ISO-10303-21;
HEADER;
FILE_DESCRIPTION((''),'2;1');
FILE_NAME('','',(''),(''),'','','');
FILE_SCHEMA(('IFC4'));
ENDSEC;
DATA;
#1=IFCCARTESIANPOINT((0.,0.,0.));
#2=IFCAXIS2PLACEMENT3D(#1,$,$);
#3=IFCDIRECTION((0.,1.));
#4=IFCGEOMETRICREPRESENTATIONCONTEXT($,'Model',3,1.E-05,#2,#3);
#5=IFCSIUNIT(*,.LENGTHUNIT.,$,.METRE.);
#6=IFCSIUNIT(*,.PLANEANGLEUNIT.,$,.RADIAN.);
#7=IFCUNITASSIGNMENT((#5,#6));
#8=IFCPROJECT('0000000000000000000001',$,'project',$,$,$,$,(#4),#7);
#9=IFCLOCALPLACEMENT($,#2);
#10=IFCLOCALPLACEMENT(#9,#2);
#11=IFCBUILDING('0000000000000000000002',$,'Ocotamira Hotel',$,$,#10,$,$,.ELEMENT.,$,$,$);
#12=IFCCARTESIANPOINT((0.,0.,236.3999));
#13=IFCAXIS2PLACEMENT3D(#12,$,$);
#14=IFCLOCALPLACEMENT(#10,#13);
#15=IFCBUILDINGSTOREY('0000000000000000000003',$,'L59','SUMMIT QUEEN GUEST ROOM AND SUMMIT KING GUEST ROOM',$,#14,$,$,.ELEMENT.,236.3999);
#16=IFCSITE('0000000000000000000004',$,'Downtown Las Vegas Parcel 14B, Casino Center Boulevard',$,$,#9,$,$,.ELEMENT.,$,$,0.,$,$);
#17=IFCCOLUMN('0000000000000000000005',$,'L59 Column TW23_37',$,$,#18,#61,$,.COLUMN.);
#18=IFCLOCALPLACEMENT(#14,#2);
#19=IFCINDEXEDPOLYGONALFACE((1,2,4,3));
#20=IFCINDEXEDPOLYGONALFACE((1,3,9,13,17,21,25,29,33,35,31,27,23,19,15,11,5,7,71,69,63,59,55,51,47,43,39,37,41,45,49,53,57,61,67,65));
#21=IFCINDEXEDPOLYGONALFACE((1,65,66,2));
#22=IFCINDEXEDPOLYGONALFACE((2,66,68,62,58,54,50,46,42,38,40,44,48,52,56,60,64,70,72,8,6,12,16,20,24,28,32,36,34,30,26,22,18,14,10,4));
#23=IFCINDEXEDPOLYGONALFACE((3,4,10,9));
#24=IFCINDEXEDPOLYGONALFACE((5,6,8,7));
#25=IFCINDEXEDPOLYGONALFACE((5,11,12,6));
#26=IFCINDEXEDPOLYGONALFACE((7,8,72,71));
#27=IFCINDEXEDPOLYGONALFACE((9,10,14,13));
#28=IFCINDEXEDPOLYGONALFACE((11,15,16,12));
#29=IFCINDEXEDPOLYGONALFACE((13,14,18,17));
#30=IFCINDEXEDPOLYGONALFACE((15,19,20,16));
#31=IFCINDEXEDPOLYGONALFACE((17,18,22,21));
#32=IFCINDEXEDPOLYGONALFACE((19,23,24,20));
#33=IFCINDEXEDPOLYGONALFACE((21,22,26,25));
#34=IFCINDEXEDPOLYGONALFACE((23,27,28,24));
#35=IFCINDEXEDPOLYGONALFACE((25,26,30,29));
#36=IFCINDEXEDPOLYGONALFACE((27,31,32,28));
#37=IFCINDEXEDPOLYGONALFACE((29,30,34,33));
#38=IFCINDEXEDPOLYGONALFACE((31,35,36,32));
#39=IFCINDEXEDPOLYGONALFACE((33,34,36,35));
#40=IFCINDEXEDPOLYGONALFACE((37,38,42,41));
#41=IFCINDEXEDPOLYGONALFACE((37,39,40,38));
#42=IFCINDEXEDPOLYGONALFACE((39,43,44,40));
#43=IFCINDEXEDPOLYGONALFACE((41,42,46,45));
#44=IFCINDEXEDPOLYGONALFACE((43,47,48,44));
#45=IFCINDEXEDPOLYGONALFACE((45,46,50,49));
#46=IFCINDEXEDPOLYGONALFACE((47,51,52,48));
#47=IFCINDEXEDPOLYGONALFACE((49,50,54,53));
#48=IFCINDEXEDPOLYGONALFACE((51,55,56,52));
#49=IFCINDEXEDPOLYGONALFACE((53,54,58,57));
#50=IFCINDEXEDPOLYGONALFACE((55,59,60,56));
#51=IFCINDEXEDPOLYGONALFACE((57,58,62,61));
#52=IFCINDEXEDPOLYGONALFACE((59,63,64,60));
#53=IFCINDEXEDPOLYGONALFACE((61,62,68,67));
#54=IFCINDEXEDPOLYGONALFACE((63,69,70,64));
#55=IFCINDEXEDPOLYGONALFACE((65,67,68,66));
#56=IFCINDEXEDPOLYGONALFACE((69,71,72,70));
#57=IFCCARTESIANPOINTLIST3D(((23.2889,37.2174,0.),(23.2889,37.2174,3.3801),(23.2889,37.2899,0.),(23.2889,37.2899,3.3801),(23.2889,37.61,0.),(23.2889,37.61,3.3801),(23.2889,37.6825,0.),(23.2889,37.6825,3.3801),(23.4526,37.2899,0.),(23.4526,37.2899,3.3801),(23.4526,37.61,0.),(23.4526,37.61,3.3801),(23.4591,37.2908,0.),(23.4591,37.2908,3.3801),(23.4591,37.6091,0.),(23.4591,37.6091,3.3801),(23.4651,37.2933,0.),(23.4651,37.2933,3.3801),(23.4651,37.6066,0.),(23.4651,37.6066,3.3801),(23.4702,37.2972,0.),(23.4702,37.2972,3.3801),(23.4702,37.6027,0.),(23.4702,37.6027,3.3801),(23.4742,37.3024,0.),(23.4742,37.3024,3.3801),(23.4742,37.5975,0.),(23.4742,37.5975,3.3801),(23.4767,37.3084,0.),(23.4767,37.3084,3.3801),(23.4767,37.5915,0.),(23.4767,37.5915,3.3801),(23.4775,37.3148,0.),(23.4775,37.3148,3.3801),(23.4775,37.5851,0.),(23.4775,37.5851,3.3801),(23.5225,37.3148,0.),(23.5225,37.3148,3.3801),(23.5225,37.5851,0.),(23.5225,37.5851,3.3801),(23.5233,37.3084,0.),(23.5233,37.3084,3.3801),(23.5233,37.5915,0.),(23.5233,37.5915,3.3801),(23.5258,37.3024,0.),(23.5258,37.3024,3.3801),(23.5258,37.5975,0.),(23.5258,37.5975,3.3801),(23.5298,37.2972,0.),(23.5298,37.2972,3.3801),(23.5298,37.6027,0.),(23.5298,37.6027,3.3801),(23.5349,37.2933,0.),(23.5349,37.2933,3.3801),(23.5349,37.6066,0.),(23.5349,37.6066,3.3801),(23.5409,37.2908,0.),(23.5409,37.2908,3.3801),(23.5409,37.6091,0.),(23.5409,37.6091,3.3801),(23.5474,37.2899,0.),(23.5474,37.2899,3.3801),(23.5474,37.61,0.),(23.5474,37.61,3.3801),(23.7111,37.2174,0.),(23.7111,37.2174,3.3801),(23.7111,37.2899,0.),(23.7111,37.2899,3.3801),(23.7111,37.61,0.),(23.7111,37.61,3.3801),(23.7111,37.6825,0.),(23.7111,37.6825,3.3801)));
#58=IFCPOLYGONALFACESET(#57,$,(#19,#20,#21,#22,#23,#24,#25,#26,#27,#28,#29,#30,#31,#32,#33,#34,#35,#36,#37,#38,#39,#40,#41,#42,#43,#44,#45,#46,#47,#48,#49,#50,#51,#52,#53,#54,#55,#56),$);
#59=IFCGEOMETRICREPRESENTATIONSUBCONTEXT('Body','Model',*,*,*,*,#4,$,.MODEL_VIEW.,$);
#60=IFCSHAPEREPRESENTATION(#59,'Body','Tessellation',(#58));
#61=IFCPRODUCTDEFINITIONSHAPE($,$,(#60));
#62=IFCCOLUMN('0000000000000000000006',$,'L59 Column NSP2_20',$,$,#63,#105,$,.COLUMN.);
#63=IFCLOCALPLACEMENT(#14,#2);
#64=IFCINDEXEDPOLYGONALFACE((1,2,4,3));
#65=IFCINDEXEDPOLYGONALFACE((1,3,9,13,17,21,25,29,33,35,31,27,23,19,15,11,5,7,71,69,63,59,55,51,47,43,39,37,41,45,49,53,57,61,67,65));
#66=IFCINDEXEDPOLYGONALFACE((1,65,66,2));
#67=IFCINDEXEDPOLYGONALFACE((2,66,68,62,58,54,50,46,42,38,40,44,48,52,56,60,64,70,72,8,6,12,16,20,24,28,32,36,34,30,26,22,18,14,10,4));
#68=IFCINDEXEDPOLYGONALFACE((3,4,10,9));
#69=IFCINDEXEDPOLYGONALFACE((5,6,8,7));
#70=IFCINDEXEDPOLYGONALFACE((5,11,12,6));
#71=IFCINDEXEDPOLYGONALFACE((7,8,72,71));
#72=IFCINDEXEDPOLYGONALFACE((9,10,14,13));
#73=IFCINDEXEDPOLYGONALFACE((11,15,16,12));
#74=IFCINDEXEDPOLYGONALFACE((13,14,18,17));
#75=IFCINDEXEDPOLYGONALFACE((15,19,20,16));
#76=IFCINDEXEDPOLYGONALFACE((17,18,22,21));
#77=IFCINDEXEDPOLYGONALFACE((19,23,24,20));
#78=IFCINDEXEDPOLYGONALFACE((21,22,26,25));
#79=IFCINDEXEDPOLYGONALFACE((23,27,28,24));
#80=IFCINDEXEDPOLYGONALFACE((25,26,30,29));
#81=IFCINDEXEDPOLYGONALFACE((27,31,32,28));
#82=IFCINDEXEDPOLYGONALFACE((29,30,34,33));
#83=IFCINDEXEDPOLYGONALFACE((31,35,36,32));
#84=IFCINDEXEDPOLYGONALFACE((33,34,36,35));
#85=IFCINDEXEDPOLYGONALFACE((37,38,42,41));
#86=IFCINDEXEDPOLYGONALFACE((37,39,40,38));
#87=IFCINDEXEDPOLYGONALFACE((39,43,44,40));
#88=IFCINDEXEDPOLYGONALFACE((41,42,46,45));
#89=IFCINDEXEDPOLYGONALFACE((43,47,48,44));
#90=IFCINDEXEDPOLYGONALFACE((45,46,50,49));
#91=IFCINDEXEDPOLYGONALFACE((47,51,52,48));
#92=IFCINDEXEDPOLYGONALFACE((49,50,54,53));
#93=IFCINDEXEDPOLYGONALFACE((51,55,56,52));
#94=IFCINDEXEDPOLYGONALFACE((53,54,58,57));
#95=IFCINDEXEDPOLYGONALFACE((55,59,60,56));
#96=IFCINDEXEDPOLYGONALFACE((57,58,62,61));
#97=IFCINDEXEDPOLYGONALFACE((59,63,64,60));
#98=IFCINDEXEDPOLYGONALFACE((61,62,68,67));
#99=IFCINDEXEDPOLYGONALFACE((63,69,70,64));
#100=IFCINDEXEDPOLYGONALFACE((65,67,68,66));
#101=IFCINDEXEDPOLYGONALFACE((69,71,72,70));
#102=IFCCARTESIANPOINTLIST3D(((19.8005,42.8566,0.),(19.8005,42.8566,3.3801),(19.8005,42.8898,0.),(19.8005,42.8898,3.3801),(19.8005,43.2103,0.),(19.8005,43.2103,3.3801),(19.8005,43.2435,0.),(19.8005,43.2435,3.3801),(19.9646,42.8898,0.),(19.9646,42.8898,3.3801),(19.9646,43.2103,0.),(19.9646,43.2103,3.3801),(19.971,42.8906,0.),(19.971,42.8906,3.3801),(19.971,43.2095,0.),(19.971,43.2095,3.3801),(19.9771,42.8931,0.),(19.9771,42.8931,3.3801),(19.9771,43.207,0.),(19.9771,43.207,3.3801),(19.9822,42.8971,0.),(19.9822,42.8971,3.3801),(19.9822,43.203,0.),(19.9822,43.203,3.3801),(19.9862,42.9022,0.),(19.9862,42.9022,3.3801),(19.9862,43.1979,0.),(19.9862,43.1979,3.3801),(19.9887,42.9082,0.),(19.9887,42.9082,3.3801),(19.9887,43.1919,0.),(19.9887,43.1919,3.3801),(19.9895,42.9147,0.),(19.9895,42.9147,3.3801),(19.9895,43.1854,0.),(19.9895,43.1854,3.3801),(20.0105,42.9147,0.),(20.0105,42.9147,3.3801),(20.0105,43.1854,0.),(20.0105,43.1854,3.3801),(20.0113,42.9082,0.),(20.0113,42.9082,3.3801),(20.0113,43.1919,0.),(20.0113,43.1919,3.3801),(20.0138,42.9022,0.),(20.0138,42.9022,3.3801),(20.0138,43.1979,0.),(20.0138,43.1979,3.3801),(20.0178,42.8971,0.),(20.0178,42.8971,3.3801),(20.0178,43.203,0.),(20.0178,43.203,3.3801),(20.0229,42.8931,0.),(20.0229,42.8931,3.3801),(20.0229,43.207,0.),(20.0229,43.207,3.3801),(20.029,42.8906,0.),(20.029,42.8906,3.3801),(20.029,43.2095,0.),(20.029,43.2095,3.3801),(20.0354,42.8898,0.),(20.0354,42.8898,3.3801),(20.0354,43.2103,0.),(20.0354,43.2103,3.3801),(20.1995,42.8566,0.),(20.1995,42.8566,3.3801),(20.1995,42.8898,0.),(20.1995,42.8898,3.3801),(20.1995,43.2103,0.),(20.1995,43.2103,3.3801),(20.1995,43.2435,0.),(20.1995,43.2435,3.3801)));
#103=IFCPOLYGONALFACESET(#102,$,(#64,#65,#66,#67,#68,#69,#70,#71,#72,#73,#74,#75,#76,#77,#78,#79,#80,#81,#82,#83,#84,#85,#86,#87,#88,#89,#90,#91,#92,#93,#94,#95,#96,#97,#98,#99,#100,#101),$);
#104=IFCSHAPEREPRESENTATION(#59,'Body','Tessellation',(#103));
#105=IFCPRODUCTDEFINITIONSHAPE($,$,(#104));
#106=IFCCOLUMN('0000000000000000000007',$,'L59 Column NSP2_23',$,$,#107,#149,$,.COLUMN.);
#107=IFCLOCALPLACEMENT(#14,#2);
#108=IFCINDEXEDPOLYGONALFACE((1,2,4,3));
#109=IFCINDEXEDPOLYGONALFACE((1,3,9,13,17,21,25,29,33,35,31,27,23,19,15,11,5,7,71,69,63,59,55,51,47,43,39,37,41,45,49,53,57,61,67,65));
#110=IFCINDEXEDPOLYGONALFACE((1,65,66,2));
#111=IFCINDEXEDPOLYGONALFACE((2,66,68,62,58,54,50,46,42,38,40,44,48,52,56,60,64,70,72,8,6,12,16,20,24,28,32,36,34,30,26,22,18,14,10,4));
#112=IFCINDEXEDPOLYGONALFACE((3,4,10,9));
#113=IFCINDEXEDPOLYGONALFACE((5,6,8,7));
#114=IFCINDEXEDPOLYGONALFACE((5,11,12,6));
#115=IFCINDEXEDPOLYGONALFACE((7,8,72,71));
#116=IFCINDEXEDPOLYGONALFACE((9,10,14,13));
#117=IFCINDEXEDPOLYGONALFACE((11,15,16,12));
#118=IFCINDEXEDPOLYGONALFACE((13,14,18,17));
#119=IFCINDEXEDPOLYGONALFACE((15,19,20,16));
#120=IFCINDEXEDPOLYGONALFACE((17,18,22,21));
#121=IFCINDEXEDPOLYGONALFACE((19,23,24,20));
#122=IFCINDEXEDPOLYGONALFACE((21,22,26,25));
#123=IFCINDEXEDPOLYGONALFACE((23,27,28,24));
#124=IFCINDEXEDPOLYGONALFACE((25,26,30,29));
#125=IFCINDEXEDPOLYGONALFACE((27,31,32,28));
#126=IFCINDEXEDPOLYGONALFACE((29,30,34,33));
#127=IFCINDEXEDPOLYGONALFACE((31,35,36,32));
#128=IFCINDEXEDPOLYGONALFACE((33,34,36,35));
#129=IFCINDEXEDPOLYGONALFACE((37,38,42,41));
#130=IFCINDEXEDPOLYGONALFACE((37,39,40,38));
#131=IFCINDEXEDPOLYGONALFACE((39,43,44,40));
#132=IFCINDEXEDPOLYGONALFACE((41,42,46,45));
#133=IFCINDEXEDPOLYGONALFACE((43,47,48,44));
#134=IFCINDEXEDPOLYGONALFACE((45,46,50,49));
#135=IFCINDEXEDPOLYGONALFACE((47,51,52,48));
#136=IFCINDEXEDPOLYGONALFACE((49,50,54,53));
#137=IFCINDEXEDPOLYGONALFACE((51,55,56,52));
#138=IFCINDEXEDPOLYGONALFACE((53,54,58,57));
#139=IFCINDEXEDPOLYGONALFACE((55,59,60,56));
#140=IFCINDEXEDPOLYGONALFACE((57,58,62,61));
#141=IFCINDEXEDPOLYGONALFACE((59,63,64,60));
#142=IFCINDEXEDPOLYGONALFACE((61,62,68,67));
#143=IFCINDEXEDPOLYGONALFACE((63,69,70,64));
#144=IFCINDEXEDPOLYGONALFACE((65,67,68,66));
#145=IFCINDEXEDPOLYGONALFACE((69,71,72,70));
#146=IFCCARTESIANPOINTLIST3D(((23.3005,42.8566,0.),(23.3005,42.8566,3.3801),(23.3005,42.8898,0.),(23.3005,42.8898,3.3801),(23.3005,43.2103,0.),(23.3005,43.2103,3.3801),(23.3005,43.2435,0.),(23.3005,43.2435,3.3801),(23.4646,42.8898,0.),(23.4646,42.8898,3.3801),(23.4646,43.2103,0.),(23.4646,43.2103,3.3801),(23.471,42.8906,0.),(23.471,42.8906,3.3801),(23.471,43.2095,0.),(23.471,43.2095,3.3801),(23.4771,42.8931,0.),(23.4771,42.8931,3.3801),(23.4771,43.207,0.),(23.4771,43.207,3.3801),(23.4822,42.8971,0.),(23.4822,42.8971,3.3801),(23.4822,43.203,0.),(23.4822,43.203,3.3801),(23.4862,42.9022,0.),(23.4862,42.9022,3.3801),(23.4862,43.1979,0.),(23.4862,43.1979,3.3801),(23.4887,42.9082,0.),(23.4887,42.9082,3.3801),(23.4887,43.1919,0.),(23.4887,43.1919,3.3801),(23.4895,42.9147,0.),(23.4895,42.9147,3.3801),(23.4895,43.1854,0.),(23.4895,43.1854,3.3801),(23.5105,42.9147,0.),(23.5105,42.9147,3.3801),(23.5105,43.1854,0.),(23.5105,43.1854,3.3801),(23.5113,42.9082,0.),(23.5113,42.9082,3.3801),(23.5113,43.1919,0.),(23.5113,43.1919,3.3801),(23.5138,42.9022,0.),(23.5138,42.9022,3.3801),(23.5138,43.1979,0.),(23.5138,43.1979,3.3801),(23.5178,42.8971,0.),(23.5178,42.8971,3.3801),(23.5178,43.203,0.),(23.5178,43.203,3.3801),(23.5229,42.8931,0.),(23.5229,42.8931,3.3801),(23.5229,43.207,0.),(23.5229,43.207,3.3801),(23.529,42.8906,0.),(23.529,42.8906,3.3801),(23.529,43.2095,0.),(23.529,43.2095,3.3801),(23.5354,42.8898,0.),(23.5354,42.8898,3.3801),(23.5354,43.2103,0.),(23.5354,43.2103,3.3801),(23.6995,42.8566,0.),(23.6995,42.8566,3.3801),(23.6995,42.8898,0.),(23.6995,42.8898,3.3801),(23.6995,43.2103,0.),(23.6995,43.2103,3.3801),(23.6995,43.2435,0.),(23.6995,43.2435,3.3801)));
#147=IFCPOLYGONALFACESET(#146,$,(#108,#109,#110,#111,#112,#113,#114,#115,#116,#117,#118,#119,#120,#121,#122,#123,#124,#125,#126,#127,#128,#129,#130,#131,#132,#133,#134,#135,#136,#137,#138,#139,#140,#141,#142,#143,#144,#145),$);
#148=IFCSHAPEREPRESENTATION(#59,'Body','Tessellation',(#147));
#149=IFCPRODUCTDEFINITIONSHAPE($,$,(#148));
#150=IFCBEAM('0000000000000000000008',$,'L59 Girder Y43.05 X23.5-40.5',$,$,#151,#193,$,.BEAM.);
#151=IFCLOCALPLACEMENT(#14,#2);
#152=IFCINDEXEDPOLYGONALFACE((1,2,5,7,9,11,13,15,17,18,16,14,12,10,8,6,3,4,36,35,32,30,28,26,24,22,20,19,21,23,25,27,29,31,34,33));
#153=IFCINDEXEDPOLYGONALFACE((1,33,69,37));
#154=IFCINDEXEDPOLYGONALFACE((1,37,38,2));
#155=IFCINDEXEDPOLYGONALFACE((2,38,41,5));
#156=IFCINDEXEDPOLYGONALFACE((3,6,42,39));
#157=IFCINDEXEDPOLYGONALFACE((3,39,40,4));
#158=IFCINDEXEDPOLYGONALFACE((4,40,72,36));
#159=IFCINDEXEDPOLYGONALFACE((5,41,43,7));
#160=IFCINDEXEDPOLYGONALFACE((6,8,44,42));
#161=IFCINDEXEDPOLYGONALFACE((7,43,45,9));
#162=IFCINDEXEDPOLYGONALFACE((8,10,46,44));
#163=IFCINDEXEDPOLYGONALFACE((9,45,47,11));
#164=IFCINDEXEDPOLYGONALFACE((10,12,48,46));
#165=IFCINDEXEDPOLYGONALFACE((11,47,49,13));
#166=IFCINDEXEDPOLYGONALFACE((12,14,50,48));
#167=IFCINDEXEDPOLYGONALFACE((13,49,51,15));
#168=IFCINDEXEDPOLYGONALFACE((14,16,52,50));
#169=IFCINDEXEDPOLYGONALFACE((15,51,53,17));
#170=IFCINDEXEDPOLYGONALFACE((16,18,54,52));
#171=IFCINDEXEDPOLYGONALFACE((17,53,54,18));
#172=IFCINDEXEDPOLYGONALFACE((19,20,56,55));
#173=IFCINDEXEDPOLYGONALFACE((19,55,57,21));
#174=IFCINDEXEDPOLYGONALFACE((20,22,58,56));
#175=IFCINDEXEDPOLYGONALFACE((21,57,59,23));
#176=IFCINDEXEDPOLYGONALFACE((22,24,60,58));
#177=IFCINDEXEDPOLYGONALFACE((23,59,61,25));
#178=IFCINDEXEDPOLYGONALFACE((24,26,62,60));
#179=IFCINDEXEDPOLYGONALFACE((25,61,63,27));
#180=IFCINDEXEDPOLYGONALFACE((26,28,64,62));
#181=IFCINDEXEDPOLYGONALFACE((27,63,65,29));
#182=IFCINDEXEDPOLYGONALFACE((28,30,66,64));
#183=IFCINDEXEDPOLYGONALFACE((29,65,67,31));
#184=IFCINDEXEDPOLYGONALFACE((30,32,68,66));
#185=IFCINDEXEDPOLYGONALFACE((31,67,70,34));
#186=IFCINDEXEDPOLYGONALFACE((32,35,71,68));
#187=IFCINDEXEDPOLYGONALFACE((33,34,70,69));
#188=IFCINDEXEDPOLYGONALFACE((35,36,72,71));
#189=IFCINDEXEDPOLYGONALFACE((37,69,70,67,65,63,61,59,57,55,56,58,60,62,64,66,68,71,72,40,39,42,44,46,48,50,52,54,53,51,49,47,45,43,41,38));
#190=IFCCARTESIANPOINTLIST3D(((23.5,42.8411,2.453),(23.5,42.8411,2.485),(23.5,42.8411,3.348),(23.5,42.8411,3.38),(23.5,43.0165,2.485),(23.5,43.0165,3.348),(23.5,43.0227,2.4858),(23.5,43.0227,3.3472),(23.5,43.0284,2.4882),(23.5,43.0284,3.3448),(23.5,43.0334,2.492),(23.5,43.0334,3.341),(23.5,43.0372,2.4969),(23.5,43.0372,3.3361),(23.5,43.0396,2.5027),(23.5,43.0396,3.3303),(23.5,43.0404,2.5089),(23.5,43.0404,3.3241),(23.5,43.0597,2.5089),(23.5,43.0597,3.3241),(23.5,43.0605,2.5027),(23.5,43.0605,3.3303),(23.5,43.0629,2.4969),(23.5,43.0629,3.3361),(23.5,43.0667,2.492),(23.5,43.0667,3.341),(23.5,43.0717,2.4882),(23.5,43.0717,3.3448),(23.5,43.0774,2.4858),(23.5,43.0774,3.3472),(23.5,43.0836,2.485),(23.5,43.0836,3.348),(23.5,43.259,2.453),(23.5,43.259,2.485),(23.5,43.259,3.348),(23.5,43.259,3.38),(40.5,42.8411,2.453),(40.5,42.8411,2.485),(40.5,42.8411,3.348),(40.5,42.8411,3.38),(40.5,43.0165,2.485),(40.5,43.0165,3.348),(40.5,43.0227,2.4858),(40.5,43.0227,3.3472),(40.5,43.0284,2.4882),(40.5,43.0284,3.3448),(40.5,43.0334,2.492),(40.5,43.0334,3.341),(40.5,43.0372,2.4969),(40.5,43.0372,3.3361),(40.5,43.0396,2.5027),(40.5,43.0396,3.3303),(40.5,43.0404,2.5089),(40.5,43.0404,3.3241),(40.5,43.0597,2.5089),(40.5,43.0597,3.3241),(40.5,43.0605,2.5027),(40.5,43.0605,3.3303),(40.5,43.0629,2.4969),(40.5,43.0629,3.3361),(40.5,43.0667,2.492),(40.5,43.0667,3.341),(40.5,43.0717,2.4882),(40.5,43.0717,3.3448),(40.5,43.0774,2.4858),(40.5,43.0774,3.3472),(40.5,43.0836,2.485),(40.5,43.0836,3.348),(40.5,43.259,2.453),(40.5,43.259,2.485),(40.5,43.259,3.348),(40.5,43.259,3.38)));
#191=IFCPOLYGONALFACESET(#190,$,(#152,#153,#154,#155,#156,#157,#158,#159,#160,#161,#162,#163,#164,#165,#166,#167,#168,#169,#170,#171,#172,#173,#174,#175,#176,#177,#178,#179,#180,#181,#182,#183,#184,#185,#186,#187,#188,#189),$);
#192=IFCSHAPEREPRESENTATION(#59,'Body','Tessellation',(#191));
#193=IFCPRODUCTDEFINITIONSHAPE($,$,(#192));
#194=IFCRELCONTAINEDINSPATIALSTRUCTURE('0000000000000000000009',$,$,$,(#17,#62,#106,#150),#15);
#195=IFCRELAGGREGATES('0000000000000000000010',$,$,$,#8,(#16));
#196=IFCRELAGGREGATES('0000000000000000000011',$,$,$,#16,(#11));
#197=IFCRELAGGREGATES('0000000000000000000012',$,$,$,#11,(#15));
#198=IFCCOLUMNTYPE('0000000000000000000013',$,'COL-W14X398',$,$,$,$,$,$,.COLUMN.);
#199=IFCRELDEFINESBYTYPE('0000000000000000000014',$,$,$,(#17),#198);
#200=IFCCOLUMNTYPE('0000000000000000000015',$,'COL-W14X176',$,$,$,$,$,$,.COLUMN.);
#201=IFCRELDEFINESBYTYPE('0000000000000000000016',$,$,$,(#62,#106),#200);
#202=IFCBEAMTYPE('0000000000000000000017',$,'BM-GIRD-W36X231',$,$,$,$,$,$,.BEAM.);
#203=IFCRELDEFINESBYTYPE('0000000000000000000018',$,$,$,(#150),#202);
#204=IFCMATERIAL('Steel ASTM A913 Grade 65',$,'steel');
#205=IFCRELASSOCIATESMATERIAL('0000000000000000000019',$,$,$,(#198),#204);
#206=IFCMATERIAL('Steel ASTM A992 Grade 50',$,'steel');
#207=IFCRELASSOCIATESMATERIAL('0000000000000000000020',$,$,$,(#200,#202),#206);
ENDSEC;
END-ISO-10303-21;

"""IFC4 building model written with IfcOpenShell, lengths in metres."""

from ifc_helpers import new_model, si_unit, direction, frame, origin, origin_2d, place, context, subcontext, project, spatial, i_section, extrude, source, transform, mapped, material, material_profile, profile_set, type_object, element, save


model = new_model("IFC4")

# Units and contexts
model_context = context("Model", 3, precision=1e-05, world=origin(), true_north=direction((0.0, 1.0)))
body_context = subcontext(model_context, "Body", "Model", "MODEL_VIEW")
ifc_project = project(units=[si_unit("LENGTHUNIT", "METRE"), si_unit("PLANEANGLEUNIT", "RADIAN")], contexts=[model_context])

# Site, building, storey
site_placement = place(None, origin())
site = spatial("IfcSite", under=ifc_project, at=site_placement, Name="Downtown Las Vegas Parcel 14B, Casino Center Boulevard", CompositionType="ELEMENT", RefElevation=0.0)
building_placement = place(site_placement, origin())
building = spatial("IfcBuilding", under=site, at=building_placement, Name="Ocotamira Hotel", CompositionType="ELEMENT")
storey_placement = place(building_placement, frame((0.0, 0.0, 236.3999)))
storey = spatial("IfcBuildingStorey", under=building, at=storey_placement, Name="L59", Description="SUMMIT QUEEN GUEST ROOM AND SUMMIT KING GUEST ROOM", CompositionType="ELEMENT", Elevation=236.3999)

# Columns
ifc_material_1 = material(Name="Steel ASTM A913 Grade 65", Category="steel")
ifc_material_profile_1 = material_profile(ifc_material_1, i_section(OverallWidth=0.4221, OverallDepth=0.4651, WebThickness=0.0449, FlangeThickness=0.0725, FilletRadius=0.0249, at=origin_2d()), Name="W14X398")
ifc_profile_set_1 = profile_set([ifc_material_profile_1], Name="Steel ASTM A913 Grade 65")
column_type_1 = type_object("IfcColumnType", Name="COL-W14X398", PredefinedType="COLUMN", material=ifc_profile_set_1)
shared_shape_1 = source(origin(), body_context, "Body", "SweptSolid", [
    extrude(i_section(OverallWidth=0.4221, OverallDepth=0.4651, WebThickness=0.0449, FlangeThickness=0.0725, FilletRadius=0.0249, at=origin_2d()), origin(), (0.0, 0.0, 1.0), 3.3801),
])
column_placement = place(storey_placement, frame((23.5, 37.45, 0.0), z_axis=(0.0, 0.0, 1.0), x_axis=(1.0, 0.0, 0.0)))
element("IfcColumn", 1, at=column_placement, inside=storey, type_object=column_type_1, Name="L59 Column TW23_37", PredefinedType="COLUMN", context=body_context, shape_type="MappedRepresentation", body=[
    mapped(shared_shape_1, transform((0.0, 0.0, 0.0), scale=1.0)),
])
ifc_material_2 = material(Name="Steel ASTM A992 Grade 50", Category="steel")
ifc_material_profile_2 = material_profile(ifc_material_2, i_section(OverallWidth=0.3989, OverallDepth=0.387, WebThickness=0.021, FlangeThickness=0.0332, FilletRadius=0.0249, at=origin_2d()), Name="W14X176")
ifc_profile_set_2 = profile_set([ifc_material_profile_2], Name="Steel ASTM A992 Grade 50")
column_type_2 = type_object("IfcColumnType", Name="COL-W14X176", PredefinedType="COLUMN", material=ifc_profile_set_2)
shared_shape_2 = source(origin(), body_context, "Body", "SweptSolid", [
    extrude(i_section(OverallWidth=0.3989, OverallDepth=0.387, WebThickness=0.021, FlangeThickness=0.0332, FilletRadius=0.0249, at=origin_2d()), origin(), (0.0, 0.0, 1.0), 3.3801),
])
for number, where, z_axis, x_axis, name in (
    (2, (20.0, 43.05, 0.0), (0.0, 0.0, 1.0), (1.0, 0.0, 0.0), "L59 Column NSP2_20"),
    (3, (23.5, 43.05, 0.0), (0.0, 0.0, 1.0), (1.0, 0.0, 0.0), "L59 Column NSP2_23"),
):
    element("IfcColumn", number, at=place(storey_placement, frame(where, z_axis=z_axis, x_axis=x_axis)), inside=storey, type_object=column_type_2, Name=name, PredefinedType="COLUMN", context=body_context, shape_type="MappedRepresentation", body=[
        mapped(shared_shape_2, transform((0.0, 0.0, 0.0), scale=1.0)),
    ])

# Beam
ifc_material_profile_3 = material_profile(ifc_material_2, i_section(OverallWidth=0.418, OverallDepth=0.927, WebThickness=0.0193, FlangeThickness=0.032, FilletRadius=0.0239, at=origin_2d()), Name="W36X231")
ifc_profile_set_3 = profile_set([ifc_material_profile_3], Name="Steel ASTM A992 Grade 50")
beam_type_1 = type_object("IfcBeamType", Name="BM-GIRD-W36X231", PredefinedType="BEAM", material=ifc_profile_set_3)
shared_shape_3 = source(origin(), body_context, "Body", "SweptSolid", [
    extrude(i_section(OverallWidth=0.418, OverallDepth=0.927, WebThickness=0.0193, FlangeThickness=0.032, FilletRadius=0.0239, at=origin_2d()), origin(), (0.0, 0.0, 1.0), 17.0),
])
beam_1_placement = place(storey_placement, frame((23.5, 43.05, 2.9165), z_axis=(1.0, 0.0, 0.0), x_axis=(0.0, 1.0, 0.0)))
element("IfcBeam", 4, at=beam_1_placement, inside=storey, type_object=beam_type_1, Name="L59 Girder Y43.05 X23.5-40.5", PredefinedType="BEAM", context=body_context, shape_type="MappedRepresentation", body=[
    mapped(shared_shape_3, transform((0.0, 0.0, 0.0), scale=1.0)),
])

save(model, "model.ifc")
